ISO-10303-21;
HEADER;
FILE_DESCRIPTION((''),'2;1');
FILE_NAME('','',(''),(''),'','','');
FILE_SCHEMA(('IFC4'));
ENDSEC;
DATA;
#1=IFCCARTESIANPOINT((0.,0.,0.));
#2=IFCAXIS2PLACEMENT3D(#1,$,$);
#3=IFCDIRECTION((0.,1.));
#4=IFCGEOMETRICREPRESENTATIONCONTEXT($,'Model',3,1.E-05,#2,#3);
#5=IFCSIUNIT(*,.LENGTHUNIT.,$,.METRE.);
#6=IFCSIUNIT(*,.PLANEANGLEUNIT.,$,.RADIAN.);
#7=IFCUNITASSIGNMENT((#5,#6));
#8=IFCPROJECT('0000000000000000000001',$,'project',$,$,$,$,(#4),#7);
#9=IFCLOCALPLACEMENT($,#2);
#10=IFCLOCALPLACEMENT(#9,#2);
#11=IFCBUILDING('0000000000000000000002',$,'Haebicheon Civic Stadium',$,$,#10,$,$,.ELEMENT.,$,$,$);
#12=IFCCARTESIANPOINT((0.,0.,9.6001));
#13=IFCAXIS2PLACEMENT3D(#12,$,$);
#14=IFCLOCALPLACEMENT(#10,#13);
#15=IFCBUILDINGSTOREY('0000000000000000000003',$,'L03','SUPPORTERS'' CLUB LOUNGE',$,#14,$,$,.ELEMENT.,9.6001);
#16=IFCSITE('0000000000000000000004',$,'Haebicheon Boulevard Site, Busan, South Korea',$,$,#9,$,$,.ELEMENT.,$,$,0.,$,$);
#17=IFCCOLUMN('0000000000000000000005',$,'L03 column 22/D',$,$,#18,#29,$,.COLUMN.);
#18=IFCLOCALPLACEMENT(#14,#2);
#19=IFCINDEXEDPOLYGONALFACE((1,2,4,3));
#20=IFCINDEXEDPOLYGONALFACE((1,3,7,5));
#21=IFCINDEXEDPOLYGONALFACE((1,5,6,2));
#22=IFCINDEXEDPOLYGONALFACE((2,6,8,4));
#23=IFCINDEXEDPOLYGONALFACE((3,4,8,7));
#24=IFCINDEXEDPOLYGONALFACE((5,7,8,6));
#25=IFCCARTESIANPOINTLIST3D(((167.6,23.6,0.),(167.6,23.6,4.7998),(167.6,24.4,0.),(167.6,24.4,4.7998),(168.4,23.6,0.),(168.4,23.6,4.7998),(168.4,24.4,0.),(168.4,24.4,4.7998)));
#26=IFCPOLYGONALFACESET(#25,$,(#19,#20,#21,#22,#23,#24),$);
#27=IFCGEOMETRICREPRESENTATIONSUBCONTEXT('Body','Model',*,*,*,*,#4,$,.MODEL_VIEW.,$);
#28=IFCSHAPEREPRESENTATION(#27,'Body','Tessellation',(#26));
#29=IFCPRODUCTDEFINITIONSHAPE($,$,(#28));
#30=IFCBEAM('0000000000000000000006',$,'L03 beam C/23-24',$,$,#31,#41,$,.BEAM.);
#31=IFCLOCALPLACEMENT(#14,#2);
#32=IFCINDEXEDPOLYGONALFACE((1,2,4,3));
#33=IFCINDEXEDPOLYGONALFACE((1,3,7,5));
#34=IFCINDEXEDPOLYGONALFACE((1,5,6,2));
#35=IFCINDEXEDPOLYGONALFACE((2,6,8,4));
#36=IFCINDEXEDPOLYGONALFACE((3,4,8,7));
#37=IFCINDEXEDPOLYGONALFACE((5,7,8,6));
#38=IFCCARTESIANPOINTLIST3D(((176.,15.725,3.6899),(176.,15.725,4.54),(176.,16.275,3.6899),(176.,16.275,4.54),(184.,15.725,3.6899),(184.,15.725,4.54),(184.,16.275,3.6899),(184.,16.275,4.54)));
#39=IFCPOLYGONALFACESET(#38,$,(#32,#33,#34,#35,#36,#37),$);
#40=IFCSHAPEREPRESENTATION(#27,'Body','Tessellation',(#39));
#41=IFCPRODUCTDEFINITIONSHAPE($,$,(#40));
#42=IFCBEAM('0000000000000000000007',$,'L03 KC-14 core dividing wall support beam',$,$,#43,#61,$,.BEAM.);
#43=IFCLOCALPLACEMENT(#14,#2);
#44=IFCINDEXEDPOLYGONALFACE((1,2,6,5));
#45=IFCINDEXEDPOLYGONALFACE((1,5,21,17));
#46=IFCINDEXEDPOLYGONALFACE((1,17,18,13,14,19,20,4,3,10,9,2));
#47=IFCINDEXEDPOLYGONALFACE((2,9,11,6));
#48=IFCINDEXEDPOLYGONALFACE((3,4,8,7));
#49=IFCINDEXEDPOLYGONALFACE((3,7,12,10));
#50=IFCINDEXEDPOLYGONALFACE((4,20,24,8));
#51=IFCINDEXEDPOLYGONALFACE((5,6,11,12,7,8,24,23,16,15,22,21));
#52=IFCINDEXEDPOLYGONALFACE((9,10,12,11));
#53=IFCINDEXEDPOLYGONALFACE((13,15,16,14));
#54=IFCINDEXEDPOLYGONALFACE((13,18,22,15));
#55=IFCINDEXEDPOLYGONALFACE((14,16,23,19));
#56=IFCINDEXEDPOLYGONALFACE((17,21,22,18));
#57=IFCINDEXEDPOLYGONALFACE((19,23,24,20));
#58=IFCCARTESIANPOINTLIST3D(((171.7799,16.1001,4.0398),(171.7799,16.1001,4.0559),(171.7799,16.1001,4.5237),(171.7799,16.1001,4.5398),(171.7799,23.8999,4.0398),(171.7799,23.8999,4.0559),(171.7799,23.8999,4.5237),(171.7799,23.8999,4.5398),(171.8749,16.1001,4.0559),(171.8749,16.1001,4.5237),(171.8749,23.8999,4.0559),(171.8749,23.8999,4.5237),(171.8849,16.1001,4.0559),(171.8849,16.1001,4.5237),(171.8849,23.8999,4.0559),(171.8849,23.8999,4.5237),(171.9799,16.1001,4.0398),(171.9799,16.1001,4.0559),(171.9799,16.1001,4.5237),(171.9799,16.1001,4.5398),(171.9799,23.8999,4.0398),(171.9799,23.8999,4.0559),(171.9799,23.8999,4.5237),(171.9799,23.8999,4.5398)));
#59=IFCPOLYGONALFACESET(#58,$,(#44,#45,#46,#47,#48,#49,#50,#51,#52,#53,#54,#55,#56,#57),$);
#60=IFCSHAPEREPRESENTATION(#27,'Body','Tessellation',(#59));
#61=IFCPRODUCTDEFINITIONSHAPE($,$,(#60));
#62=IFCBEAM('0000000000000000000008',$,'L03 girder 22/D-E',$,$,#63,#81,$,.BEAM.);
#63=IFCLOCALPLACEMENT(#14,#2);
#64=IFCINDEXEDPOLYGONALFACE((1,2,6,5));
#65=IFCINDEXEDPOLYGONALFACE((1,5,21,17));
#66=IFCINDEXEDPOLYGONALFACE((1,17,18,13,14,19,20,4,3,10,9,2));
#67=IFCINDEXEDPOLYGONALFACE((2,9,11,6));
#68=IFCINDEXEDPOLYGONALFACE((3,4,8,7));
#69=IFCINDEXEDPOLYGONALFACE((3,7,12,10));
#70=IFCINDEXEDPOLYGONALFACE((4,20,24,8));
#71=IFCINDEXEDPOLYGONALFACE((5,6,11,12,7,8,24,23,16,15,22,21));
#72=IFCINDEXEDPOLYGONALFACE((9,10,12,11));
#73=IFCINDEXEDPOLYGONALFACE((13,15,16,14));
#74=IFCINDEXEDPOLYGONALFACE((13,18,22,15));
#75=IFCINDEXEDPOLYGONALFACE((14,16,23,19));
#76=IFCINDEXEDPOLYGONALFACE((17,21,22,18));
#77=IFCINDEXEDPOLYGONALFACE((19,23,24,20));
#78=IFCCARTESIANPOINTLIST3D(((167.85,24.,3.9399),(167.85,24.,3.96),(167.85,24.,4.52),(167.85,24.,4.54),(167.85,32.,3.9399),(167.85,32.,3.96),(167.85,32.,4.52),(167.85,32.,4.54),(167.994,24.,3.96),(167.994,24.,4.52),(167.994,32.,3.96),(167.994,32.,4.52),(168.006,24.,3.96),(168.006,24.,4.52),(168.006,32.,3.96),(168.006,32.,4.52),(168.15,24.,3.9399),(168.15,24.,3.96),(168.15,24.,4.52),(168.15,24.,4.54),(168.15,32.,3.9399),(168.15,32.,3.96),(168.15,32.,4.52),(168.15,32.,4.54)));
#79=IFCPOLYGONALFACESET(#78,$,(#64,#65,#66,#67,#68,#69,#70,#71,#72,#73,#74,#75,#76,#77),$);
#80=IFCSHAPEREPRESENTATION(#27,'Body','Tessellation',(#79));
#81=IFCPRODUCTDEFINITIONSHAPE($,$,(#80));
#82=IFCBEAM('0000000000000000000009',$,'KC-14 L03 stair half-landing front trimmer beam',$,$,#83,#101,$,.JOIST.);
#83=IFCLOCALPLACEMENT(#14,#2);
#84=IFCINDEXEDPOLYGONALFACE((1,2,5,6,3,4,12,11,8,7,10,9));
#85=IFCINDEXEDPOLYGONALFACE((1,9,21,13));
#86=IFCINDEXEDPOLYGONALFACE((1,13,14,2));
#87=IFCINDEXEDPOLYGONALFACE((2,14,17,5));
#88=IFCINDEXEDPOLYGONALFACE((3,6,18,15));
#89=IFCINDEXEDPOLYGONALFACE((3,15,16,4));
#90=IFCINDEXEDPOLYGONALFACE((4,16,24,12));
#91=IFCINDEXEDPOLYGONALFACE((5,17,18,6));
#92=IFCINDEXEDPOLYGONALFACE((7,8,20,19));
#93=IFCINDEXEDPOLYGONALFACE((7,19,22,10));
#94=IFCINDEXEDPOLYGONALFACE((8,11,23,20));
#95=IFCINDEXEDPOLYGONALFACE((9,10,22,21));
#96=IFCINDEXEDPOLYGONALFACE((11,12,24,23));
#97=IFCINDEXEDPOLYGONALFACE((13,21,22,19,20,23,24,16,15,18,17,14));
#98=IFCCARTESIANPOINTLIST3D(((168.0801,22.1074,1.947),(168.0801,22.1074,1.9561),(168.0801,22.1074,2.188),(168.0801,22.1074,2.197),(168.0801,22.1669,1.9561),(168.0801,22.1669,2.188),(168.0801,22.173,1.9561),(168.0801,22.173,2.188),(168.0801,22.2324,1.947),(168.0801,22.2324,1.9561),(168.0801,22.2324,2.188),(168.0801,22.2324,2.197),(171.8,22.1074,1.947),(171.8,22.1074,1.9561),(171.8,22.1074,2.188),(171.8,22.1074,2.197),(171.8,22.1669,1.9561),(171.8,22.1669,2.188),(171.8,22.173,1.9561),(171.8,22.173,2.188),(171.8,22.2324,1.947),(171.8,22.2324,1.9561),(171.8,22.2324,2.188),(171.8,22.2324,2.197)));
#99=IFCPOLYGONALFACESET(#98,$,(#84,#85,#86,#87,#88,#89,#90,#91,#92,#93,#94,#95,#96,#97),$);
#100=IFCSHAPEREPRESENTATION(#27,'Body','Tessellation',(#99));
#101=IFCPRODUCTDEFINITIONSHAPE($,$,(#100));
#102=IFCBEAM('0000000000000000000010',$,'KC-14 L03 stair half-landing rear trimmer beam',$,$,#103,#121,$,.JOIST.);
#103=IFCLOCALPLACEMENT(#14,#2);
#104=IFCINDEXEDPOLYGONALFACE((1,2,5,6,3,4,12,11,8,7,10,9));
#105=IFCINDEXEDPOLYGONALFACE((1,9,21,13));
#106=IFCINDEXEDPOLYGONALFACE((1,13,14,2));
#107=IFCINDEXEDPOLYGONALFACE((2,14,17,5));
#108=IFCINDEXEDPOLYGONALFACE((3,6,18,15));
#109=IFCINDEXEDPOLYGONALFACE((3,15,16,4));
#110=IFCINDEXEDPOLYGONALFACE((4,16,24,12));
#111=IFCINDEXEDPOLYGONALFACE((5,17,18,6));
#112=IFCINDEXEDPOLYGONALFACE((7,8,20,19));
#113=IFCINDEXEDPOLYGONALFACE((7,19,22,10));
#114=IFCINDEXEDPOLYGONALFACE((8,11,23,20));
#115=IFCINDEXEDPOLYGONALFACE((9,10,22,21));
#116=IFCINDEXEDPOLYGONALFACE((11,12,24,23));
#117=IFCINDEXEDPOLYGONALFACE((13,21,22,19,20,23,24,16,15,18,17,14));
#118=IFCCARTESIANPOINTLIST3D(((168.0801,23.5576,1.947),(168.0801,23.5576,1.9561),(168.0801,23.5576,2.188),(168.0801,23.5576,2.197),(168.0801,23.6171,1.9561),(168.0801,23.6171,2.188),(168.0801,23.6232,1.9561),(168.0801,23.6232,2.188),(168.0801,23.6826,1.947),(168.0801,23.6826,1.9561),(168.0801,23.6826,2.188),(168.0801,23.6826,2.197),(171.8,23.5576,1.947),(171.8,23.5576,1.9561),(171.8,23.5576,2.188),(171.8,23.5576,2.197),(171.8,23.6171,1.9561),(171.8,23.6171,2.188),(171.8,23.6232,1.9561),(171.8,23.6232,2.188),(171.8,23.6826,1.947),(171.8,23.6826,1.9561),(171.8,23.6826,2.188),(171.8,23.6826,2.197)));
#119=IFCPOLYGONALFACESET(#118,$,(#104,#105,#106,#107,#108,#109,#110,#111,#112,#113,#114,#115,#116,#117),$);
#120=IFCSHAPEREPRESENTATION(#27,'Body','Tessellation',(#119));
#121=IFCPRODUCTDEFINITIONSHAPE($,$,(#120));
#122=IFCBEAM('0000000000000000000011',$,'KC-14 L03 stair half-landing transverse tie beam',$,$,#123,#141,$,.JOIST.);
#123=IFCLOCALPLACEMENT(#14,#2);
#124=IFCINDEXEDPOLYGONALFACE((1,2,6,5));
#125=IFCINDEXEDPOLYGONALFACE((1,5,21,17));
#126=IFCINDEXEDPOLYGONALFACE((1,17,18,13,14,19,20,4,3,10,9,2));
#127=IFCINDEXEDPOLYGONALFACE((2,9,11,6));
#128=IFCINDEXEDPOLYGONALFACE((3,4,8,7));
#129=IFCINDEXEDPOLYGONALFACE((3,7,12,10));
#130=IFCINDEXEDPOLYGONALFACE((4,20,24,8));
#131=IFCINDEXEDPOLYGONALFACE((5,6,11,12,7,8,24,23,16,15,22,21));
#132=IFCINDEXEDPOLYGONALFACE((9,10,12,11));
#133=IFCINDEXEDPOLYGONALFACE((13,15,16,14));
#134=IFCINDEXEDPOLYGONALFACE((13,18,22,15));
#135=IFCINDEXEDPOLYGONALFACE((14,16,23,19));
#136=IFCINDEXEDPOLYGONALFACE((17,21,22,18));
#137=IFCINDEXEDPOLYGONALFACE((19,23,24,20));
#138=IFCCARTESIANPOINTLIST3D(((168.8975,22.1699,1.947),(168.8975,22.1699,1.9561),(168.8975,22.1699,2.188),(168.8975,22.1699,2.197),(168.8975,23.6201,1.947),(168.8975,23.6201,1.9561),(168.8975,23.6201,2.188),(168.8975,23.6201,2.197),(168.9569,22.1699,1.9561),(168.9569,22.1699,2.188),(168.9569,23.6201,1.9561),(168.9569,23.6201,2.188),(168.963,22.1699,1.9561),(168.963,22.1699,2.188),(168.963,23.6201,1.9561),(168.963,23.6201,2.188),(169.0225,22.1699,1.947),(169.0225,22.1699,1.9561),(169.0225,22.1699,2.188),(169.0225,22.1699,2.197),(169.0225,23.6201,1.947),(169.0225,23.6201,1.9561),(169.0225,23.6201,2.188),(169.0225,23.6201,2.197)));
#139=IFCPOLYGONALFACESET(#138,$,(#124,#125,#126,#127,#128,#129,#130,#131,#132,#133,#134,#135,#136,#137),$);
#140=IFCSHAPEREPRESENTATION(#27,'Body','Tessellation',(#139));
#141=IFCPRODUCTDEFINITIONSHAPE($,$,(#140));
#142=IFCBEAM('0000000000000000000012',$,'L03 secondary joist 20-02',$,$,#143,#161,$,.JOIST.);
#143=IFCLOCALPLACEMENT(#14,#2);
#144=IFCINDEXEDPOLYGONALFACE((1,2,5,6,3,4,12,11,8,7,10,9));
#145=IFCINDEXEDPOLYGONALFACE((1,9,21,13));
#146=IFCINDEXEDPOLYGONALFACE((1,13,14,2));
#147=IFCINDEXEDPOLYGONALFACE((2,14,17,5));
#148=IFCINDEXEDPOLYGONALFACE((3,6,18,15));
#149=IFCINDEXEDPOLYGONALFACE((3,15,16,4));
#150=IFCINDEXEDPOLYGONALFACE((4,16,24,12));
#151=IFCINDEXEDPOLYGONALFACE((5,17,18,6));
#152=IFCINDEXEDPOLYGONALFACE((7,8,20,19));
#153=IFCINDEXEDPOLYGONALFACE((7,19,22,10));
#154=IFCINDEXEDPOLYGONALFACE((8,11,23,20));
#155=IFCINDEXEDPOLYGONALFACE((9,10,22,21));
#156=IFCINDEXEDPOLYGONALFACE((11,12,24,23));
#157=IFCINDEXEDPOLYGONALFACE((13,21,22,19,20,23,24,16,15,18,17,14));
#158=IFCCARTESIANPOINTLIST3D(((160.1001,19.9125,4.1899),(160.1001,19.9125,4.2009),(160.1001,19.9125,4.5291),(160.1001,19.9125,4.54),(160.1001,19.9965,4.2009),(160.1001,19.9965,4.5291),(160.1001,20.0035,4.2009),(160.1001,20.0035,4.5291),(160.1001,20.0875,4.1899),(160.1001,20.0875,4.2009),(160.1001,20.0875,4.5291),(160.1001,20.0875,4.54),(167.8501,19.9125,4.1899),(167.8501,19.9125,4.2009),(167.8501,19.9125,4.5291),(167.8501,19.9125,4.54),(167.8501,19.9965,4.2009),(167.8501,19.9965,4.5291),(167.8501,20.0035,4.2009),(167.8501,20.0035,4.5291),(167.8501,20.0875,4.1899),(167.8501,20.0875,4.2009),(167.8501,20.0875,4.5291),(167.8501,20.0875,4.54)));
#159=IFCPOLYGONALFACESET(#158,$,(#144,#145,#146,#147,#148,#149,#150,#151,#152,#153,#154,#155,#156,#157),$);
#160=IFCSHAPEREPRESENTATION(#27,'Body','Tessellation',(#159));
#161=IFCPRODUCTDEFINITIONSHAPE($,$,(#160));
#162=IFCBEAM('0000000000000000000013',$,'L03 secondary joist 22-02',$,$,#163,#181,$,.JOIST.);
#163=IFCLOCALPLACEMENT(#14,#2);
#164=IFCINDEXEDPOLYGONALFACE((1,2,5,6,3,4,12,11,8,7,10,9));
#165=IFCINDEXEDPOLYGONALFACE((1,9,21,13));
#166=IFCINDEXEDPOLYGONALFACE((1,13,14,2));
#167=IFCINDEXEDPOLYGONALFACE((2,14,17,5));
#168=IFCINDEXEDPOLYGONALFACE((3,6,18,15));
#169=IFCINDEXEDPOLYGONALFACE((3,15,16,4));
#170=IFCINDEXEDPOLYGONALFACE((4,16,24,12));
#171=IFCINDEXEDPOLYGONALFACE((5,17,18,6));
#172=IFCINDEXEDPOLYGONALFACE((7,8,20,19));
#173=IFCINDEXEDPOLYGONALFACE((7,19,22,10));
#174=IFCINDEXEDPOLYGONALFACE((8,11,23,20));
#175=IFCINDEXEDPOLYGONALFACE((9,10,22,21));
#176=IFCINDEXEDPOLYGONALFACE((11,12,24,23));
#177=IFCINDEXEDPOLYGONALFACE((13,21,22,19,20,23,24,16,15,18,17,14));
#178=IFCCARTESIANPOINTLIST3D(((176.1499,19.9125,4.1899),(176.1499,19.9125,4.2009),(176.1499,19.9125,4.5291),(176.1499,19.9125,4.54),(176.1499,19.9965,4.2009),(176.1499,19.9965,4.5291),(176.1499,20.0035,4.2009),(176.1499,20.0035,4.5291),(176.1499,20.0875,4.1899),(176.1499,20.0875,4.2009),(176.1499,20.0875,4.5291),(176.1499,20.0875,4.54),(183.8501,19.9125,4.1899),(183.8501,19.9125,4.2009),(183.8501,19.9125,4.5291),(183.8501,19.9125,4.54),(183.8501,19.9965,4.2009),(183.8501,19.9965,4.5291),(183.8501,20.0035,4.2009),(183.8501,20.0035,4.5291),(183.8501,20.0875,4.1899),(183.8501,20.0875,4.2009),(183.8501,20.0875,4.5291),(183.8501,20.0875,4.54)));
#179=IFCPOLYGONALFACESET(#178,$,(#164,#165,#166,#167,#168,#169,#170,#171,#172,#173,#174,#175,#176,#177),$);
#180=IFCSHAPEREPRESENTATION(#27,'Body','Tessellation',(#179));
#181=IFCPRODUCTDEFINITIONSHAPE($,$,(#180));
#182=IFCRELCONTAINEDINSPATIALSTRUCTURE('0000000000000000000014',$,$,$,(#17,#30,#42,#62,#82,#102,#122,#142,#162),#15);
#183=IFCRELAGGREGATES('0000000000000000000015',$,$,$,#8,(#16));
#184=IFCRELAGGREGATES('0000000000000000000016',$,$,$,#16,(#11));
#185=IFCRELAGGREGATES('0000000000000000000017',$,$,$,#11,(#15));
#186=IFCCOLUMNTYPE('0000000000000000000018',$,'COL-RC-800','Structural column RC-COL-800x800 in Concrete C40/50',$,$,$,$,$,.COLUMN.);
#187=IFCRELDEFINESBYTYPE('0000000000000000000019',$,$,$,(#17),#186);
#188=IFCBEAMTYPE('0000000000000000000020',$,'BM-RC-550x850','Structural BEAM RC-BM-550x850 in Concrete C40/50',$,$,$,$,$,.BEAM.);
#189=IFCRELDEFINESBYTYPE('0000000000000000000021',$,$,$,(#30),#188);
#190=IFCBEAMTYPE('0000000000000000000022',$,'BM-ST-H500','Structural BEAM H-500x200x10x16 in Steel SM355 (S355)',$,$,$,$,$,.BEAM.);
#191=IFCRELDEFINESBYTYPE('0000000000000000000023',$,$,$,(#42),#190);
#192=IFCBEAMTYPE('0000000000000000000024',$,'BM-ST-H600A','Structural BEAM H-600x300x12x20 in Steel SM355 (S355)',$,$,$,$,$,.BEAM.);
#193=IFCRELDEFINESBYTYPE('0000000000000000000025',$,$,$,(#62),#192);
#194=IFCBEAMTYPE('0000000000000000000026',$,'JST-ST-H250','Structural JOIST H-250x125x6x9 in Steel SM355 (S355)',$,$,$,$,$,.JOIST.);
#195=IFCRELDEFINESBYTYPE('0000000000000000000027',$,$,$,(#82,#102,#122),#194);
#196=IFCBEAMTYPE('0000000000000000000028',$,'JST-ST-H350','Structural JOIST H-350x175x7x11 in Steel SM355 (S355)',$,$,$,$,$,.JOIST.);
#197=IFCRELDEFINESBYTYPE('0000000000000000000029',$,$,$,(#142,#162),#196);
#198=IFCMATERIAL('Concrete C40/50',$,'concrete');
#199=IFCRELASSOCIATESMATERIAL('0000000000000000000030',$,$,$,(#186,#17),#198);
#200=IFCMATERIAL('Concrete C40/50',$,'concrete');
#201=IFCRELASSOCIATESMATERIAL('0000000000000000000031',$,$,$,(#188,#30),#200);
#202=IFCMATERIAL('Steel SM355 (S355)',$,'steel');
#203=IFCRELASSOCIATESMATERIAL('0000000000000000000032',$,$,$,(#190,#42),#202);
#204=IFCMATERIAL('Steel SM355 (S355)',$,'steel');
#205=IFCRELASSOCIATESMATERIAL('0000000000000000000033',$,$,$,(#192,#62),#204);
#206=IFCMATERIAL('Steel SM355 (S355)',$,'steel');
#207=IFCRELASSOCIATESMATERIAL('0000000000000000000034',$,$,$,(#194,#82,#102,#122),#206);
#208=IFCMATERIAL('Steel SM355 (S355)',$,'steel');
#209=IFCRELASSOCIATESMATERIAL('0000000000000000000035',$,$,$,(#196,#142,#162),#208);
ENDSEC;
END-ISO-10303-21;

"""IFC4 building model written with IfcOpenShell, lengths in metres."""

from ifc_helpers import new_model, si_unit, direction, frame, origin, origin_2d, place, context, subcontext, project, spatial, rectangle, i_section, extrude, material, material_profile, profile_set, type_object, element, save


model = new_model("IFC4")

# Units and contexts
model_context = context("Model", 3, precision=1e-05, world=origin(), true_north=direction((0.0, 1.0)))
body_context = subcontext(model_context, "Body", "Model", "MODEL_VIEW")
ifc_project = project(units=[si_unit("LENGTHUNIT", "METRE"), si_unit("PLANEANGLEUNIT", "RADIAN")], contexts=[model_context])

# Site, building, storey
site_placement = place(None, origin())
site = spatial("IfcSite", under=ifc_project, at=site_placement, Name="Haebicheon Boulevard Site, Busan, South Korea", CompositionType="ELEMENT", RefElevation=0.0)
building_placement = place(site_placement, origin())
building = spatial("IfcBuilding", under=site, at=building_placement, Name="Haebicheon Civic Stadium", CompositionType="ELEMENT")
storey_placement = place(building_placement, frame((0.0, 0.0, 9.6001)))
storey = spatial("IfcBuildingStorey", under=building, at=storey_placement, Name="L03", Description="SUPPORTERS' CLUB LOUNGE", CompositionType="ELEMENT", Elevation=9.6001)

# Column
ifc_material_1 = material(Name="Concrete C40/50", Category="concrete")
ifc_material_profile_1 = material_profile(ifc_material_1, rectangle(XDim=0.8, YDim=0.8, at=origin_2d()), Name="RC-COL-800x800")
ifc_profile_set_1 = profile_set([ifc_material_profile_1], Name="Concrete C40/50")
column_type = type_object("IfcColumnType", Name="COL-RC-800", Description="Structural column RC-COL-800x800 in Concrete C40/50", PredefinedType="COLUMN", material=ifc_profile_set_1)
column_placement = place(storey_placement, frame((168.0, 24.0, 0.0), z_axis=(0.0, 0.0, 1.0), x_axis=(1.0, 0.0, 0.0)))
element("IfcColumn", 1, at=column_placement, inside=storey, type_object=column_type, material=ifc_profile_set_1, Name="L03 column 22/D", PredefinedType="COLUMN", context=body_context, shape_type="SweptSolid", body=[
    extrude(rectangle(XDim=0.8, YDim=0.8, at=origin_2d()), origin(), (0.0, 0.0, 1.0), 4.7998),
])

# Beams
ifc_material_2 = material(Name="Concrete C40/50", Category="concrete")
ifc_material_profile_2 = material_profile(ifc_material_2, rectangle(XDim=0.55, YDim=0.8501, at=origin_2d()), Name="RC-BM-550x850")
ifc_profile_set_2 = profile_set([ifc_material_profile_2], Name="Concrete C40/50")
beam_type_1 = type_object("IfcBeamType", Name="BM-RC-550x850", Description="Structural BEAM RC-BM-550x850 in Concrete C40/50", PredefinedType="BEAM", material=ifc_profile_set_2)
beam_1_placement = place(storey_placement, frame((176.0, 16.0, 4.115), z_axis=(1.0, 0.0, 0.0), x_axis=(0.0, 1.0, 0.0)))
element("IfcBeam", 2, at=beam_1_placement, inside=storey, type_object=beam_type_1, material=ifc_profile_set_2, Name="L03 beam C/23-24", PredefinedType="BEAM", context=body_context, shape_type="SweptSolid", body=[
    extrude(rectangle(XDim=0.55, YDim=0.8501, at=origin_2d()), origin(), (0.0, 0.0, 1.0), 8.0),
])
ifc_material_3 = material(Name="Steel SM355 (S355)", Category="steel")
ifc_material_profile_3 = material_profile(ifc_material_3, i_section(OverallWidth=0.2, OverallDepth=0.5, WebThickness=0.01, FlangeThickness=0.0161, at=origin_2d()), Name="H-500x200x10x16")
ifc_profile_set_3 = profile_set([ifc_material_profile_3], Name="Steel SM355 (S355)")
beam_type_2 = type_object("IfcBeamType", Name="BM-ST-H500", Description="Structural BEAM H-500x200x10x16 in Steel SM355 (S355)", PredefinedType="BEAM", material=ifc_profile_set_3)
beam_2_placement = place(storey_placement, frame((171.8799, 16.1001, 4.2898), z_axis=(0.0, 1.0, 0.0), x_axis=(-1.0, 0.0, 0.0)))
element("IfcBeam", 3, at=beam_2_placement, inside=storey, type_object=beam_type_2, material=ifc_profile_set_3, Name="L03 KC-14 core dividing wall support beam", PredefinedType="BEAM", context=body_context, shape_type="SweptSolid", body=[
    extrude(i_section(OverallWidth=0.2, OverallDepth=0.5, WebThickness=0.01, FlangeThickness=0.0161, at=origin_2d()), origin(), (0.0, 0.0, 1.0), 7.7998),
])
ifc_material_4 = material(Name="Steel SM355 (S355)", Category="steel")
ifc_material_profile_4 = material_profile(ifc_material_4, i_section(OverallWidth=0.3, OverallDepth=0.6001, WebThickness=0.012, FlangeThickness=0.02, at=origin_2d()), Name="H-600x300x12x20")
ifc_profile_set_4 = profile_set([ifc_material_profile_4], Name="Steel SM355 (S355)")
beam_type_3 = type_object("IfcBeamType", Name="BM-ST-H600A", Description="Structural BEAM H-600x300x12x20 in Steel SM355 (S355)", PredefinedType="BEAM", material=ifc_profile_set_4)
beam_3_placement = place(storey_placement, frame((168.0, 24.0, 4.24), z_axis=(0.0, 1.0, 0.0), x_axis=(-1.0, 0.0, 0.0)))
element("IfcBeam", 4, at=beam_3_placement, inside=storey, type_object=beam_type_3, material=ifc_profile_set_4, Name="L03 girder 22/D-E", PredefinedType="BEAM", context=body_context, shape_type="SweptSolid", body=[
    extrude(i_section(OverallWidth=0.3, OverallDepth=0.6001, WebThickness=0.012, FlangeThickness=0.02, at=origin_2d()), origin(), (0.0, 0.0, 1.0), 8.0),
])
ifc_material_5 = material(Name="Steel SM355 (S355)", Category="steel")
ifc_material_profile_5 = material_profile(ifc_material_5, i_section(OverallWidth=0.125, OverallDepth=0.25, WebThickness=0.0061, FlangeThickness=0.009, at=origin_2d()), Name="H-250x125x6x9")
ifc_profile_set_5 = profile_set([ifc_material_profile_5], Name="Steel SM355 (S355)")
beam_type_4 = type_object("IfcBeamType", Name="JST-ST-H250", Description="Structural JOIST H-250x125x6x9 in Steel SM355 (S355)", PredefinedType="JOIST", material=ifc_profile_set_5)
for number, where, z_axis, x_axis, name in (
    (5, (168.0801, 22.1699, 2.072), (1.0, 0.0, 0.0), (0.0, 1.0, 0.0), "KC-14 L03 stair half-landing front trimmer beam"),
    (6, (168.0801, 23.6201, 2.072), (1.0, 0.0, 0.0), (0.0, 1.0, 0.0), "KC-14 L03 stair half-landing rear trimmer beam"),
):
    element("IfcBeam", number, at=place(storey_placement, frame(where, z_axis=z_axis, x_axis=x_axis)), inside=storey, type_object=beam_type_4, material=ifc_profile_set_5, Name=name, PredefinedType="JOIST", context=body_context, shape_type="SweptSolid", body=[
        extrude(i_section(OverallWidth=0.125, OverallDepth=0.25, WebThickness=0.0061, FlangeThickness=0.009, at=origin_2d()), origin(), (0.0, 0.0, 1.0), 3.72),
    ])
beam_4_placement = place(storey_placement, frame((168.96, 22.1699, 2.072), z_axis=(0.0, 1.0, 0.0), x_axis=(-1.0, 0.0, 0.0)))
element("IfcBeam", 7, at=beam_4_placement, inside=storey, type_object=beam_type_4, material=ifc_profile_set_5, Name="KC-14 L03 stair half-landing transverse tie beam", PredefinedType="JOIST", context=body_context, shape_type="SweptSolid", body=[
    extrude(i_section(OverallWidth=0.125, OverallDepth=0.25, WebThickness=0.0061, FlangeThickness=0.009, at=origin_2d()), origin(), (0.0, 0.0, 1.0), 1.4502),
])
ifc_material_6 = material(Name="Steel SM355 (S355)", Category="steel")
ifc_material_profile_6 = material_profile(ifc_material_6, i_section(OverallWidth=0.175, OverallDepth=0.3501, WebThickness=0.0071, FlangeThickness=0.011, at=origin_2d()), Name="H-350x175x7x11")
ifc_profile_set_6 = profile_set([ifc_material_profile_6], Name="Steel SM355 (S355)")
beam_type_5 = type_object("IfcBeamType", Name="JST-ST-H350", Description="Structural JOIST H-350x175x7x11 in Steel SM355 (S355)", PredefinedType="JOIST", material=ifc_profile_set_6)
beam_5_placement = place(storey_placement, frame((160.1001, 20.0, 4.365), z_axis=(1.0, 0.0, 0.0), x_axis=(0.0, 1.0, 0.0)))
element("IfcBeam", 8, at=beam_5_placement, inside=storey, type_object=beam_type_5, material=ifc_profile_set_6, Name="L03 secondary joist 20-02", PredefinedType="JOIST", context=body_context, shape_type="SweptSolid", body=[
    extrude(i_section(OverallWidth=0.175, OverallDepth=0.3501, WebThickness=0.0071, FlangeThickness=0.011, at=origin_2d()), origin(), (0.0, 0.0, 1.0), 7.75),
])
beam_6_placement = place(storey_placement, frame((176.1499, 20.0, 4.365), z_axis=(1.0, 0.0, 0.0), x_axis=(0.0, 1.0, 0.0)))
element("IfcBeam", 9, at=beam_6_placement, inside=storey, type_object=beam_type_5, material=ifc_profile_set_6, Name="L03 secondary joist 22-02", PredefinedType="JOIST", context=body_context, shape_type="SweptSolid", body=[
    extrude(i_section(OverallWidth=0.175, OverallDepth=0.3501, WebThickness=0.0071, FlangeThickness=0.011, at=origin_2d()), origin(), (0.0, 0.0, 1.0), 7.7002),
])

save(model, "model.ifc")
